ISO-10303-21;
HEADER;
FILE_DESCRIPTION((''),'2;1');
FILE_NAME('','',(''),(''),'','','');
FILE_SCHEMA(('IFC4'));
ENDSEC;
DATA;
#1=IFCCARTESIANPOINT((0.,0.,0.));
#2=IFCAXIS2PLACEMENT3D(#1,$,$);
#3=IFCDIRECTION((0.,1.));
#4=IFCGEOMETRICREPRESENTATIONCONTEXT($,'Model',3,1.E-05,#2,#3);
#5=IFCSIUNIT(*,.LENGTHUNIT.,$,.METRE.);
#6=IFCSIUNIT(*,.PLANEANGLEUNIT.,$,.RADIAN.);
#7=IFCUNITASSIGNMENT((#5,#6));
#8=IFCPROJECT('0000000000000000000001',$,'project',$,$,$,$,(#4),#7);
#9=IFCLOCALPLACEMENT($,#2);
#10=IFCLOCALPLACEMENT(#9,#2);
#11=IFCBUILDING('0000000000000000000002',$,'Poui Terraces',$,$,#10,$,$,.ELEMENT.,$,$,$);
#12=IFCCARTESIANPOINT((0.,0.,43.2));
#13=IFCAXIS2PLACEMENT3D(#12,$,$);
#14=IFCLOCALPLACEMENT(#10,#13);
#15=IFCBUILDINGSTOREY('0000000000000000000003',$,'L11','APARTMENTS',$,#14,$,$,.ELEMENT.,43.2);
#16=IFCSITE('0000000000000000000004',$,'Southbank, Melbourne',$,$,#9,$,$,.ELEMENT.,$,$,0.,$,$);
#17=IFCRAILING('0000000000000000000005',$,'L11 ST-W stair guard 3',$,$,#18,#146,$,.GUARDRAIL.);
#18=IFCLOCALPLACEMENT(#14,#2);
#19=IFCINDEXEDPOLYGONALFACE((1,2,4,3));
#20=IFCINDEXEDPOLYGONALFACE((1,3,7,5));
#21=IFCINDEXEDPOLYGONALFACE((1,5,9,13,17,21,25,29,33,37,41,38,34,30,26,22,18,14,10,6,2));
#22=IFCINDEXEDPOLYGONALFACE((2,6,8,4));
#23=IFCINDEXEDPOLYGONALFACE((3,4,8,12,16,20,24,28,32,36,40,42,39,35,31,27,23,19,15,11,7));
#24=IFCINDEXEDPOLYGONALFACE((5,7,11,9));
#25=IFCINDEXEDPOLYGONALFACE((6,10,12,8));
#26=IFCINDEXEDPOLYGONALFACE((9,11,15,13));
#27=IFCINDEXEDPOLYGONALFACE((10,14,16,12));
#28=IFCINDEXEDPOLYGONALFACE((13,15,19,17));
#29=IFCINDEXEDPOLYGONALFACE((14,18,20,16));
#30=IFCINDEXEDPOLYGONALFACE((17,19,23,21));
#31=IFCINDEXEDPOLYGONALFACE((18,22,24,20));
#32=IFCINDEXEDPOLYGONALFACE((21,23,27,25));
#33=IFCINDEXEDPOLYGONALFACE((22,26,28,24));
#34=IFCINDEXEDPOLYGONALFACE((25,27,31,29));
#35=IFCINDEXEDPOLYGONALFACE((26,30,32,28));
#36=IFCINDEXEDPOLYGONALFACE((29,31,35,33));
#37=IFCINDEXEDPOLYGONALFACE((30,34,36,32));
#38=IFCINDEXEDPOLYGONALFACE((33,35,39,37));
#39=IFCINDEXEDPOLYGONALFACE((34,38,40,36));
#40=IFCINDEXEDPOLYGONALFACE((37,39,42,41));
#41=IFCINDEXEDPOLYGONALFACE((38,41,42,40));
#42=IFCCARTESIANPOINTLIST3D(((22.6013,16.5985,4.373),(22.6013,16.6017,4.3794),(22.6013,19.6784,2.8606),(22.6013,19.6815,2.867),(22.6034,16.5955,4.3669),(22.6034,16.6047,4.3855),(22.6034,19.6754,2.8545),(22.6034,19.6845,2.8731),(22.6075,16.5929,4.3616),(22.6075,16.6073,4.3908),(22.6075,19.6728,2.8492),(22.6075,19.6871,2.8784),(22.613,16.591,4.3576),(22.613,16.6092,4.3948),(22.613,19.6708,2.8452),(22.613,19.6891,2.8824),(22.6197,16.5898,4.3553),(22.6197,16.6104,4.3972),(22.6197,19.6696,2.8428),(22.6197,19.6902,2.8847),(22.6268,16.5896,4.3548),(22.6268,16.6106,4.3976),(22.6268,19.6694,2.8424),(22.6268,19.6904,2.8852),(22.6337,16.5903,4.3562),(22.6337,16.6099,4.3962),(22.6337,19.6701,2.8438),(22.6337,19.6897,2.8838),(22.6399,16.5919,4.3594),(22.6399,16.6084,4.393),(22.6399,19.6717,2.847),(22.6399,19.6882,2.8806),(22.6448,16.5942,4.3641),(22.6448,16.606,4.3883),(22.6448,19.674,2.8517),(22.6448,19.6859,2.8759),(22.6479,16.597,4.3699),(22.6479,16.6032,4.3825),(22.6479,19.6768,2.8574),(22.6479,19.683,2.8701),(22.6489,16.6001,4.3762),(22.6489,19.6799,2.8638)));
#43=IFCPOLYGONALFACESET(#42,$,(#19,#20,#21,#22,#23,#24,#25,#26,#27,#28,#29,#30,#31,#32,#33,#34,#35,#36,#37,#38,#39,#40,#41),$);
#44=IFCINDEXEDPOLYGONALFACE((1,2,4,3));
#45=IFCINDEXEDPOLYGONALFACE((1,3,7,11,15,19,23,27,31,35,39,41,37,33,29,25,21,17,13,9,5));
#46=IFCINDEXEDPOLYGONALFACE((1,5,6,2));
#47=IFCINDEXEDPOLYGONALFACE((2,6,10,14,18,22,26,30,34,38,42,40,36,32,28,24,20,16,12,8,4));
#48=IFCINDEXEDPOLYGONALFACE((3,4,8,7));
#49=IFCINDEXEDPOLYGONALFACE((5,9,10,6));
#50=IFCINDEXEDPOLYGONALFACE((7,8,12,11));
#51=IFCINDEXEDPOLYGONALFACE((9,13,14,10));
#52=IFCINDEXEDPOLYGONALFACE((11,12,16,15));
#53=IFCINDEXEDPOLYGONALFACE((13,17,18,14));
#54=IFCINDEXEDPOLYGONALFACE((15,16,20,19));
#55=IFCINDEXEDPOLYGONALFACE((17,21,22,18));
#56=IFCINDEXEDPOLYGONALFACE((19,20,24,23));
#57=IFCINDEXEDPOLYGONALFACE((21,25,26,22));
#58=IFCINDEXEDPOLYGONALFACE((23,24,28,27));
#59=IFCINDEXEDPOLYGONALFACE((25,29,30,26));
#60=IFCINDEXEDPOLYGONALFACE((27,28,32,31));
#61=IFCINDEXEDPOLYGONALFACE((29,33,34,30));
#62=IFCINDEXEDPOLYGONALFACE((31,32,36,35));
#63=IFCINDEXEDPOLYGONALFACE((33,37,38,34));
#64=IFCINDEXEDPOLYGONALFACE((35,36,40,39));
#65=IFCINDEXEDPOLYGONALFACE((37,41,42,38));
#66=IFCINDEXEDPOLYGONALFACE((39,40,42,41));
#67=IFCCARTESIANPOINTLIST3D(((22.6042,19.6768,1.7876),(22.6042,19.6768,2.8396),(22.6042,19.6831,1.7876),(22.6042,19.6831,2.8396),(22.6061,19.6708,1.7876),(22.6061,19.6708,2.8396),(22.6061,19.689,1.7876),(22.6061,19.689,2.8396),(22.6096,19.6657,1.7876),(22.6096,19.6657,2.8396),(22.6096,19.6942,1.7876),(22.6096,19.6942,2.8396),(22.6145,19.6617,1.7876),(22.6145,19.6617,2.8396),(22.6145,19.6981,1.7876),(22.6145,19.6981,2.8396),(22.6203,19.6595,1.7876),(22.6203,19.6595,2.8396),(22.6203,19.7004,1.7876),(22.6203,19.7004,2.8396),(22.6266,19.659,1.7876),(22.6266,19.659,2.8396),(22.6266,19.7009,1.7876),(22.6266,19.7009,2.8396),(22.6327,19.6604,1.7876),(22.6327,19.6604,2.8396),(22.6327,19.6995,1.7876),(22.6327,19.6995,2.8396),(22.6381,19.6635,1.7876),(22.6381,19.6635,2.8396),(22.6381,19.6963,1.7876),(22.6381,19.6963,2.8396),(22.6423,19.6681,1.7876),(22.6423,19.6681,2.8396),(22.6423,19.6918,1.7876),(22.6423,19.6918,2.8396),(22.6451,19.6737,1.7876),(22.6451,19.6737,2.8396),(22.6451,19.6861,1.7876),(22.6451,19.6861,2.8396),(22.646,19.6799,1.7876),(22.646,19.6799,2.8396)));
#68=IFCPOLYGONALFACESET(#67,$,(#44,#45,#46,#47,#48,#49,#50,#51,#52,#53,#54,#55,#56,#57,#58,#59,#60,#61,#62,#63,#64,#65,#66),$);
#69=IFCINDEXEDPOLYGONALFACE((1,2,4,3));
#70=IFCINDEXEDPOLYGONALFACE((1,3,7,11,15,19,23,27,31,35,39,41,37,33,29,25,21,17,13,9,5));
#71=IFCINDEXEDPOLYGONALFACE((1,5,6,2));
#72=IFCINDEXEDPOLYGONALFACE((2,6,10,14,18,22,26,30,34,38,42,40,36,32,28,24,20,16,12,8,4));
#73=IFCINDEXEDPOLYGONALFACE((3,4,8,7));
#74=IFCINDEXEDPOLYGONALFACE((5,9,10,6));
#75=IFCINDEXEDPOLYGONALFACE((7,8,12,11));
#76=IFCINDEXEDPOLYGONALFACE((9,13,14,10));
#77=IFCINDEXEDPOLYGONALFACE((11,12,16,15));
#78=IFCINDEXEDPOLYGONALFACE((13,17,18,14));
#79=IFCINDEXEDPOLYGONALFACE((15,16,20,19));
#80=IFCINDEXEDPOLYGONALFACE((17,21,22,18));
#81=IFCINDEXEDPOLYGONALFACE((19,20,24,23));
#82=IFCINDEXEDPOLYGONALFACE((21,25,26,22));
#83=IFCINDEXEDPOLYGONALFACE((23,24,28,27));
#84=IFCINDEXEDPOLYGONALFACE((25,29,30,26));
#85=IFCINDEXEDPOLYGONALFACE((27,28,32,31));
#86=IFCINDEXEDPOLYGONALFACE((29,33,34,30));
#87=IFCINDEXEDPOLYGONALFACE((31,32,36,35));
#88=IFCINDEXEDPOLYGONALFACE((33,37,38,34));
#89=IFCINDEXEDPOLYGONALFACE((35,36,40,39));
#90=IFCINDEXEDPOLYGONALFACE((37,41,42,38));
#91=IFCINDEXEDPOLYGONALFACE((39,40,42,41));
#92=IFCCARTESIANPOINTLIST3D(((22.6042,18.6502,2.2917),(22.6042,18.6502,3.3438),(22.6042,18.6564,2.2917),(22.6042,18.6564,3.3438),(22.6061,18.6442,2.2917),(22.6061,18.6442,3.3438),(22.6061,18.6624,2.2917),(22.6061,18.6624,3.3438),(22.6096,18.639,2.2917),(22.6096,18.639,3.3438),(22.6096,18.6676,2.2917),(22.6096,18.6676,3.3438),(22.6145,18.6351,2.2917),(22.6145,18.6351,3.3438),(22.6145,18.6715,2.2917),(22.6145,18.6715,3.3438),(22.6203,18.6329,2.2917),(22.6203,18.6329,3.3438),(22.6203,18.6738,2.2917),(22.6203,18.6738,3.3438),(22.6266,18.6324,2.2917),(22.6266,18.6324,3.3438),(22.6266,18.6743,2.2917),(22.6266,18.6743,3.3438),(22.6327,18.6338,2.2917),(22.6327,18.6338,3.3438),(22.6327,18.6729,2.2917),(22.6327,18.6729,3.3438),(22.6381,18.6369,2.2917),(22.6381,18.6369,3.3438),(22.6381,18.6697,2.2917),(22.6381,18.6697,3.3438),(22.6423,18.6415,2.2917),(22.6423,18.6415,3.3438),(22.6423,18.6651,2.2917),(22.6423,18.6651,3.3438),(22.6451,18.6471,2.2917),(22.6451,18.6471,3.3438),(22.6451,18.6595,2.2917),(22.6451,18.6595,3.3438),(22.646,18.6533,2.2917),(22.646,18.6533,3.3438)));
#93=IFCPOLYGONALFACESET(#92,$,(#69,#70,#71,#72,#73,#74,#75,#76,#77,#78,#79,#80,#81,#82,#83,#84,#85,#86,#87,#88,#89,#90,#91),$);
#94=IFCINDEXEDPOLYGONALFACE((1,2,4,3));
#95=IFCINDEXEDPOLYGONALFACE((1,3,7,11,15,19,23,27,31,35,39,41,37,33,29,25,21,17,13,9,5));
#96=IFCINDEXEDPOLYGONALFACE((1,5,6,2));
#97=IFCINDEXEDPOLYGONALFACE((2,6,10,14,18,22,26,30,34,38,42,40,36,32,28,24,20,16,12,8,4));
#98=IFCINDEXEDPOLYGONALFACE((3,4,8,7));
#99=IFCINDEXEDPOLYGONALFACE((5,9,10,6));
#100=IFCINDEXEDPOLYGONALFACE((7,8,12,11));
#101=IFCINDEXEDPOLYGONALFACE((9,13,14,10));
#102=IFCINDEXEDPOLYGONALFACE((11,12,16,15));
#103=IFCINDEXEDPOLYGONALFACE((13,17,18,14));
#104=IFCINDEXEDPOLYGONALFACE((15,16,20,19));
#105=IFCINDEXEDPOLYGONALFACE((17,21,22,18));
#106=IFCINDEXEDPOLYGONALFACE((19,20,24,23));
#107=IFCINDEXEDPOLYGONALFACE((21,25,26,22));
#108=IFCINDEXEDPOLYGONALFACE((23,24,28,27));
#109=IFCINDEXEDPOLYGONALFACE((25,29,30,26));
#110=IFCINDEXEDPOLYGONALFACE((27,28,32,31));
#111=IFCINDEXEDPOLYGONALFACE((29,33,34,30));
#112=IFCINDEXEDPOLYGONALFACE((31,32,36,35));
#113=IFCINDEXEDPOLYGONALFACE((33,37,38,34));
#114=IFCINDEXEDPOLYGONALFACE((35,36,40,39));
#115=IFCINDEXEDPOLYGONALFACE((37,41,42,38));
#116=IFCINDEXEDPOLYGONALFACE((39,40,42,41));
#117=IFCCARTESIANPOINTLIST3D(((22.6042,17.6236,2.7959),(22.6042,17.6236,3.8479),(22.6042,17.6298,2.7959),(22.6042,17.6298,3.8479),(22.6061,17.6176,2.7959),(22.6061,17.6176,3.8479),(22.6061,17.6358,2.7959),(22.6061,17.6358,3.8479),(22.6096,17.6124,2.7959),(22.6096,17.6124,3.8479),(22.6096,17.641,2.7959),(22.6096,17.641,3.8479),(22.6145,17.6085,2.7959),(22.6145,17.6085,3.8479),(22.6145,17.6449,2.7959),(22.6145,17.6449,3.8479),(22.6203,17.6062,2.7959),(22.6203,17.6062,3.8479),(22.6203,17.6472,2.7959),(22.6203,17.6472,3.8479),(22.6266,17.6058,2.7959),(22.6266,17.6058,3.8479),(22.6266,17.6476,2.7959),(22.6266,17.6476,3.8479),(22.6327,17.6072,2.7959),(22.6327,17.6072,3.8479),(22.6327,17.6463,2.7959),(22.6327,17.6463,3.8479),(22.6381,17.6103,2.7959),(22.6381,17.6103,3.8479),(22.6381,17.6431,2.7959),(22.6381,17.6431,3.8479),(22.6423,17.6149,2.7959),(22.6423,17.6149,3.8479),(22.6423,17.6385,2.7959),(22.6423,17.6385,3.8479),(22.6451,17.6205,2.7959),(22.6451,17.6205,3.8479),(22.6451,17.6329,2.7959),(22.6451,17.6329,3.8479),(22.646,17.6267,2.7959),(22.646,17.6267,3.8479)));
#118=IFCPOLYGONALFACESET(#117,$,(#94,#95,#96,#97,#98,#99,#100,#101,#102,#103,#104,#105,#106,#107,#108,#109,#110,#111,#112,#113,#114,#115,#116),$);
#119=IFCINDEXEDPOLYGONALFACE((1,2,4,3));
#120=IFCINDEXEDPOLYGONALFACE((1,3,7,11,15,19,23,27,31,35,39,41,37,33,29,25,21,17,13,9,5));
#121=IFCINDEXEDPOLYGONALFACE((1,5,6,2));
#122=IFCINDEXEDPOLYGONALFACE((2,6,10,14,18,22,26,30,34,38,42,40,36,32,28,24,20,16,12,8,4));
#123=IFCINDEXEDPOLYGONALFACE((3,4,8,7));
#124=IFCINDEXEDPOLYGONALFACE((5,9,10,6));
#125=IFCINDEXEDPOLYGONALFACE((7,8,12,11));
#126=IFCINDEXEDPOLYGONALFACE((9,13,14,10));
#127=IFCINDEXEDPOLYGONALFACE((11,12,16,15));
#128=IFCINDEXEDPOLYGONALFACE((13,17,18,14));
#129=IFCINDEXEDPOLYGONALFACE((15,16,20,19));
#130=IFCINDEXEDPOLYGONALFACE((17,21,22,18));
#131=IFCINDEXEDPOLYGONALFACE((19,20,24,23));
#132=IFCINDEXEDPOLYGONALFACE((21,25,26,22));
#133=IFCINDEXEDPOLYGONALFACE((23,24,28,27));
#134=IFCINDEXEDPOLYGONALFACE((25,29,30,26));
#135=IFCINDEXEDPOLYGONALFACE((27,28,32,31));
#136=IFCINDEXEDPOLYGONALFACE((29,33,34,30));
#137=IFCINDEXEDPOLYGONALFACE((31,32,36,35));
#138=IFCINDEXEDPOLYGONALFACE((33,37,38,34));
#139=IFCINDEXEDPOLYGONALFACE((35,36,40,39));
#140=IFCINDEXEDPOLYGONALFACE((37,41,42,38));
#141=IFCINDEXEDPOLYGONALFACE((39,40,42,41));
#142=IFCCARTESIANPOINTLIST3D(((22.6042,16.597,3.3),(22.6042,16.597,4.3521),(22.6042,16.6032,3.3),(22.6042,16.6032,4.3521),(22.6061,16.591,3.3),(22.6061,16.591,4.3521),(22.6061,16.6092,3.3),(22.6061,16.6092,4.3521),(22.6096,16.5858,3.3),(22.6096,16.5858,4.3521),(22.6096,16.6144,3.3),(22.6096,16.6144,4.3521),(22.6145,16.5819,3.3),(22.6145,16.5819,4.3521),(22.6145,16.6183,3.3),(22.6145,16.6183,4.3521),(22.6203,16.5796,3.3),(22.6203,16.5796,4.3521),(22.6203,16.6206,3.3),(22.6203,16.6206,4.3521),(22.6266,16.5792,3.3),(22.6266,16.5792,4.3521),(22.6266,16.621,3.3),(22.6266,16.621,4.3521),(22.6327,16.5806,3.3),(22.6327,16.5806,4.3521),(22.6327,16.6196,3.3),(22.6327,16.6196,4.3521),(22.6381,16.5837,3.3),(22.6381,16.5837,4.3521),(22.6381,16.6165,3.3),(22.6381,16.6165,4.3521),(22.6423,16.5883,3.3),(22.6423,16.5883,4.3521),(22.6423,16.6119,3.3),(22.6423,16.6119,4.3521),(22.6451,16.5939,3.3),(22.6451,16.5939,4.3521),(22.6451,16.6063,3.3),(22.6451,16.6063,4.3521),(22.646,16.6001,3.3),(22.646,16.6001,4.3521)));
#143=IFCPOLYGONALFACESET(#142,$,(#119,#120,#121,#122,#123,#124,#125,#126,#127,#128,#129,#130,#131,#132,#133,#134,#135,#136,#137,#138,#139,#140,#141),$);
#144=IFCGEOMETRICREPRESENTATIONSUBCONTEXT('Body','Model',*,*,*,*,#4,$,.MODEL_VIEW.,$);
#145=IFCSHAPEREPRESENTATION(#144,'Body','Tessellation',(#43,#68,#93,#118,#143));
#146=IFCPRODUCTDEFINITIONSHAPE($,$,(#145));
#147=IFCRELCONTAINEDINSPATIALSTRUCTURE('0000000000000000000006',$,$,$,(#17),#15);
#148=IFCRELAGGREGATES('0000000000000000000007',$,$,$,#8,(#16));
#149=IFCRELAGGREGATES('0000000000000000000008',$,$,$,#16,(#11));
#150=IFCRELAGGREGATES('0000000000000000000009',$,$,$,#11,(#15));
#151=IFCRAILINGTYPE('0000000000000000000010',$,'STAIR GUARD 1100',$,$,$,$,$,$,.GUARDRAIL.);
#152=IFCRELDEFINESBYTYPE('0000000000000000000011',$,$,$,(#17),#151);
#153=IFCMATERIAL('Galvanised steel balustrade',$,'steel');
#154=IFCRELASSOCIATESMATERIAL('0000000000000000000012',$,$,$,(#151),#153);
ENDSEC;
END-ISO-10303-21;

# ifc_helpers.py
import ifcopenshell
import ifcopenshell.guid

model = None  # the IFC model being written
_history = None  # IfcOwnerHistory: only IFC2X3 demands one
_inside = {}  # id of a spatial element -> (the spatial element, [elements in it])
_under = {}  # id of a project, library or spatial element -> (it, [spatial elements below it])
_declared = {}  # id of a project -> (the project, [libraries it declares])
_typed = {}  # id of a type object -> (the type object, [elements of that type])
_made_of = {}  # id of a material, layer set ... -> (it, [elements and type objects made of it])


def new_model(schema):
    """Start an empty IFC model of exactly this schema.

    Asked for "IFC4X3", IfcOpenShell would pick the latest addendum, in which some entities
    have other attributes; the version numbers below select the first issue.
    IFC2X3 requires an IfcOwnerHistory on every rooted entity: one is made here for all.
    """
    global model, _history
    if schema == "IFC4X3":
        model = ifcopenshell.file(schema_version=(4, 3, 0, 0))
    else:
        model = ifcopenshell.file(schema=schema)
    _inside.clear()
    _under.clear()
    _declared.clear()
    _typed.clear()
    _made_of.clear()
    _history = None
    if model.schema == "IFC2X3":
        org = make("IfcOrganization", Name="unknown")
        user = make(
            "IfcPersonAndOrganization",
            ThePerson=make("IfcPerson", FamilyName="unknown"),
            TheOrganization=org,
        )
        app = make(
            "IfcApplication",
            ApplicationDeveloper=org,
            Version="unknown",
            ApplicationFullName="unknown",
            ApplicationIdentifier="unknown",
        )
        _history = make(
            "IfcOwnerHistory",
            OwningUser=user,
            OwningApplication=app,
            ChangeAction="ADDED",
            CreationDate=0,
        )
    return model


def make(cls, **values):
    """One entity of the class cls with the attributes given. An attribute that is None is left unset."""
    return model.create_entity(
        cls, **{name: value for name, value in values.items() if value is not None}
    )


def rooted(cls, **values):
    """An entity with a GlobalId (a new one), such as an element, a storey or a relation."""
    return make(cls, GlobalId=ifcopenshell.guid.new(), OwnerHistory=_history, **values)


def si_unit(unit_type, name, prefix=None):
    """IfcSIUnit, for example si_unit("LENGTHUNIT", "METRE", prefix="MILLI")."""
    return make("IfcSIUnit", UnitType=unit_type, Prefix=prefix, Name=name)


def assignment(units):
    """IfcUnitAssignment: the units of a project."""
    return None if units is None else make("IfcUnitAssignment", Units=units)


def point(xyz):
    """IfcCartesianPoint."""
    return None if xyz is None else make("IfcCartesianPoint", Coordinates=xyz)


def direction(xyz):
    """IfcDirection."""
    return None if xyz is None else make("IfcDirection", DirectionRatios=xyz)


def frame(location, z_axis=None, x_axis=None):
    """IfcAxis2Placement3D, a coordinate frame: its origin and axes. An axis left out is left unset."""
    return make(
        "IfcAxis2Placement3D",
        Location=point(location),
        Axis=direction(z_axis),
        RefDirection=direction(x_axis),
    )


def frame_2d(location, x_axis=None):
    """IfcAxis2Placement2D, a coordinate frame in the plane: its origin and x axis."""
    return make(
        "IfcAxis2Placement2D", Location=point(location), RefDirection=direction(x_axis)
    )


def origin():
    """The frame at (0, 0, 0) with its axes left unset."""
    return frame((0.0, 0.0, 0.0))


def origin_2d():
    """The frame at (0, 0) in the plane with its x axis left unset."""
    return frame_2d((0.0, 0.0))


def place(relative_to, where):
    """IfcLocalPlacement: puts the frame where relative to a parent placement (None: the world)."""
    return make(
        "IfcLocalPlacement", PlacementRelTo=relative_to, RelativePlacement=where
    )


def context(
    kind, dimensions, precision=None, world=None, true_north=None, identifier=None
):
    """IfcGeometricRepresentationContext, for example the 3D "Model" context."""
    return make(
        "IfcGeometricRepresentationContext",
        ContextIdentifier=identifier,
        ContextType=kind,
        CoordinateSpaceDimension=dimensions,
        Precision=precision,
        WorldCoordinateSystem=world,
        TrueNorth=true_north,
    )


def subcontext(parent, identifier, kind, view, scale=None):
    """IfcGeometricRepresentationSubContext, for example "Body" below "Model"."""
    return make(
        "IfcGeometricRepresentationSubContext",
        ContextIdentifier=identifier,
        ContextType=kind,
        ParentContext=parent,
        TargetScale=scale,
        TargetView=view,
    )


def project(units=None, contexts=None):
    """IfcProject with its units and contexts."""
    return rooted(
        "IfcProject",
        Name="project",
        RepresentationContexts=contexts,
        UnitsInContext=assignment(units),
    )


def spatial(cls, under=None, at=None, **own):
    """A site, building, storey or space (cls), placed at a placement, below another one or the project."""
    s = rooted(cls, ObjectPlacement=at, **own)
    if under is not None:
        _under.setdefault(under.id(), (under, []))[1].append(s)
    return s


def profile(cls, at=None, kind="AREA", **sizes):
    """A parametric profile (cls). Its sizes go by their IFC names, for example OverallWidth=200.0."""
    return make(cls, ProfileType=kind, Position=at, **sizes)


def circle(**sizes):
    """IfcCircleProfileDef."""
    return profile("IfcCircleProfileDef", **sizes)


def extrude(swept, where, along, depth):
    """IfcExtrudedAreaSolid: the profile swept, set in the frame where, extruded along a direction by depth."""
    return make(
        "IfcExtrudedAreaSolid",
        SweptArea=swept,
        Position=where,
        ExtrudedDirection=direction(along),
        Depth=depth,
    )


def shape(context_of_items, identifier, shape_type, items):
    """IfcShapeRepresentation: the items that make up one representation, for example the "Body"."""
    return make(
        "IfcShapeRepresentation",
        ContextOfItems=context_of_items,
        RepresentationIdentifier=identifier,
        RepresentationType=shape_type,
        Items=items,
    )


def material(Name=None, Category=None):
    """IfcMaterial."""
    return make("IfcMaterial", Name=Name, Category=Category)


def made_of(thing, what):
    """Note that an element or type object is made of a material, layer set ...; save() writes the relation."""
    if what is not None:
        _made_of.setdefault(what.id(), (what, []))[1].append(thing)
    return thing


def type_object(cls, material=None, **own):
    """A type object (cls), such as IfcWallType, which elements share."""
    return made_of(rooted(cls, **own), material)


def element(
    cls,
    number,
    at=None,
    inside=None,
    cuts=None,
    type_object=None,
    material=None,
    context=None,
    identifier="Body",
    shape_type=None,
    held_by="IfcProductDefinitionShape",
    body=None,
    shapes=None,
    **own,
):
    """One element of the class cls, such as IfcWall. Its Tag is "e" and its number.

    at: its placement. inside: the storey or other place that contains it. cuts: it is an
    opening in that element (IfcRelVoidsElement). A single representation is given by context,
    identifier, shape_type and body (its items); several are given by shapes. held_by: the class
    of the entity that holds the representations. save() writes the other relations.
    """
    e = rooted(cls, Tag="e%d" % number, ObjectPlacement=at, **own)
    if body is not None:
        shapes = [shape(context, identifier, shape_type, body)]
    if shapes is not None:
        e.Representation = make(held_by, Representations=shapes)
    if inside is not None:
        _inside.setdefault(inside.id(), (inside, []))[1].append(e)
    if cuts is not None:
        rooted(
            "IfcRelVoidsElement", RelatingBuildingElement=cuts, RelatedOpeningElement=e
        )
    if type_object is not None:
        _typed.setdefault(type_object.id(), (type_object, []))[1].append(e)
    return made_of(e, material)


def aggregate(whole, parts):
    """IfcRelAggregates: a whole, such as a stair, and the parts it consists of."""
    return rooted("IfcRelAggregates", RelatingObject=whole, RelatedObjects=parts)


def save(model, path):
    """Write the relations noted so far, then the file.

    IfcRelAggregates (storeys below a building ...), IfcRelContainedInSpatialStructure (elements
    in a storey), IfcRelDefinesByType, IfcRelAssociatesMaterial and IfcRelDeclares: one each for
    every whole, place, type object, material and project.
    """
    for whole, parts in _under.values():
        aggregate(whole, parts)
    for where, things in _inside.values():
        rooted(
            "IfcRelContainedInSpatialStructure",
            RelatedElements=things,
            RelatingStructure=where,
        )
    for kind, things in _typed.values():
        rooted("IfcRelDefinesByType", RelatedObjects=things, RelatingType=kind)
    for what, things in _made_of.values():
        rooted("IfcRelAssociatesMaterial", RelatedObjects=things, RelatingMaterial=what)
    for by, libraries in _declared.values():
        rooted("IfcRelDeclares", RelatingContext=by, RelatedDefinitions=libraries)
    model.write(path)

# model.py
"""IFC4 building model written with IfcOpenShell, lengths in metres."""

from ifc_helpers import new_model, si_unit, direction, frame, origin, origin_2d, place, context, subcontext, project, spatial, circle, extrude, material, type_object, element, save


model = new_model("IFC4")

# Units and contexts
model_context = context("Model", 3, precision=1e-05, world=origin(), true_north=direction((0.0, 1.0)))
body_context = subcontext(model_context, "Body", "Model", "MODEL_VIEW")
ifc_project = project(units=[si_unit("LENGTHUNIT", "METRE"), si_unit("PLANEANGLEUNIT", "RADIAN")], contexts=[model_context])

# Site, building, storey
site_placement = place(None, origin())
site = spatial("IfcSite", under=ifc_project, at=site_placement, Name="Southbank, Melbourne", CompositionType="ELEMENT", RefElevation=0.0)
building_placement = place(site_placement, origin())
building = spatial("IfcBuilding", under=site, at=building_placement, Name="Poui Terraces", CompositionType="ELEMENT")
storey_placement = place(building_placement, frame((0.0, 0.0, 43.2)))
storey = spatial("IfcBuildingStorey", under=building, at=storey_placement, Name="L11", Description="APARTMENTS", CompositionType="ELEMENT", Elevation=43.2)

# Railing
ifc_material_1 = material(Name="Galvanised steel balustrade", Category="steel")
railing_type_1 = type_object("IfcRailingType", Name="STAIR GUARD 1100", PredefinedType="GUARDRAIL", material=ifc_material_1)
railing_1_placement = place(storey_placement, frame((22.625, 19.6799, 1.7876)))
element("IfcRailing", 1, at=railing_1_placement, inside=storey, type_object=railing_type_1, Name="L11 ST-W stair guard 3", PredefinedType="GUARDRAIL", context=body_context, shape_type="SweptSolid", body=[
    extrude(circle(Radius=0.0239, at=origin_2d()), frame((0.0, 0.0, 1.0762), z_axis=(0.0, -0.897606, 0.440798), x_axis=(1.0, 0.0, 0.0)), (0.0, 0.0, 1.0), 3.4312),
    extrude(circle(Radius=0.021, at=origin_2d()), origin(), (0.0, 0.0, 1.0), 1.052),
    extrude(circle(Radius=0.021, at=origin_2d()), frame((0.0, -1.0266, 0.5042)), (0.0, 0.0, 1.0), 1.052),
    extrude(circle(Radius=0.021, at=origin_2d()), frame((0.0, -2.0532, 1.0083)), (0.0, 0.0, 1.0), 1.052),
    extrude(circle(Radius=0.021, at=origin_2d()), frame((0.0, -3.0798, 1.5125)), (0.0, 0.0, 1.0), 1.052),
])

save(model, "model.ifc")
